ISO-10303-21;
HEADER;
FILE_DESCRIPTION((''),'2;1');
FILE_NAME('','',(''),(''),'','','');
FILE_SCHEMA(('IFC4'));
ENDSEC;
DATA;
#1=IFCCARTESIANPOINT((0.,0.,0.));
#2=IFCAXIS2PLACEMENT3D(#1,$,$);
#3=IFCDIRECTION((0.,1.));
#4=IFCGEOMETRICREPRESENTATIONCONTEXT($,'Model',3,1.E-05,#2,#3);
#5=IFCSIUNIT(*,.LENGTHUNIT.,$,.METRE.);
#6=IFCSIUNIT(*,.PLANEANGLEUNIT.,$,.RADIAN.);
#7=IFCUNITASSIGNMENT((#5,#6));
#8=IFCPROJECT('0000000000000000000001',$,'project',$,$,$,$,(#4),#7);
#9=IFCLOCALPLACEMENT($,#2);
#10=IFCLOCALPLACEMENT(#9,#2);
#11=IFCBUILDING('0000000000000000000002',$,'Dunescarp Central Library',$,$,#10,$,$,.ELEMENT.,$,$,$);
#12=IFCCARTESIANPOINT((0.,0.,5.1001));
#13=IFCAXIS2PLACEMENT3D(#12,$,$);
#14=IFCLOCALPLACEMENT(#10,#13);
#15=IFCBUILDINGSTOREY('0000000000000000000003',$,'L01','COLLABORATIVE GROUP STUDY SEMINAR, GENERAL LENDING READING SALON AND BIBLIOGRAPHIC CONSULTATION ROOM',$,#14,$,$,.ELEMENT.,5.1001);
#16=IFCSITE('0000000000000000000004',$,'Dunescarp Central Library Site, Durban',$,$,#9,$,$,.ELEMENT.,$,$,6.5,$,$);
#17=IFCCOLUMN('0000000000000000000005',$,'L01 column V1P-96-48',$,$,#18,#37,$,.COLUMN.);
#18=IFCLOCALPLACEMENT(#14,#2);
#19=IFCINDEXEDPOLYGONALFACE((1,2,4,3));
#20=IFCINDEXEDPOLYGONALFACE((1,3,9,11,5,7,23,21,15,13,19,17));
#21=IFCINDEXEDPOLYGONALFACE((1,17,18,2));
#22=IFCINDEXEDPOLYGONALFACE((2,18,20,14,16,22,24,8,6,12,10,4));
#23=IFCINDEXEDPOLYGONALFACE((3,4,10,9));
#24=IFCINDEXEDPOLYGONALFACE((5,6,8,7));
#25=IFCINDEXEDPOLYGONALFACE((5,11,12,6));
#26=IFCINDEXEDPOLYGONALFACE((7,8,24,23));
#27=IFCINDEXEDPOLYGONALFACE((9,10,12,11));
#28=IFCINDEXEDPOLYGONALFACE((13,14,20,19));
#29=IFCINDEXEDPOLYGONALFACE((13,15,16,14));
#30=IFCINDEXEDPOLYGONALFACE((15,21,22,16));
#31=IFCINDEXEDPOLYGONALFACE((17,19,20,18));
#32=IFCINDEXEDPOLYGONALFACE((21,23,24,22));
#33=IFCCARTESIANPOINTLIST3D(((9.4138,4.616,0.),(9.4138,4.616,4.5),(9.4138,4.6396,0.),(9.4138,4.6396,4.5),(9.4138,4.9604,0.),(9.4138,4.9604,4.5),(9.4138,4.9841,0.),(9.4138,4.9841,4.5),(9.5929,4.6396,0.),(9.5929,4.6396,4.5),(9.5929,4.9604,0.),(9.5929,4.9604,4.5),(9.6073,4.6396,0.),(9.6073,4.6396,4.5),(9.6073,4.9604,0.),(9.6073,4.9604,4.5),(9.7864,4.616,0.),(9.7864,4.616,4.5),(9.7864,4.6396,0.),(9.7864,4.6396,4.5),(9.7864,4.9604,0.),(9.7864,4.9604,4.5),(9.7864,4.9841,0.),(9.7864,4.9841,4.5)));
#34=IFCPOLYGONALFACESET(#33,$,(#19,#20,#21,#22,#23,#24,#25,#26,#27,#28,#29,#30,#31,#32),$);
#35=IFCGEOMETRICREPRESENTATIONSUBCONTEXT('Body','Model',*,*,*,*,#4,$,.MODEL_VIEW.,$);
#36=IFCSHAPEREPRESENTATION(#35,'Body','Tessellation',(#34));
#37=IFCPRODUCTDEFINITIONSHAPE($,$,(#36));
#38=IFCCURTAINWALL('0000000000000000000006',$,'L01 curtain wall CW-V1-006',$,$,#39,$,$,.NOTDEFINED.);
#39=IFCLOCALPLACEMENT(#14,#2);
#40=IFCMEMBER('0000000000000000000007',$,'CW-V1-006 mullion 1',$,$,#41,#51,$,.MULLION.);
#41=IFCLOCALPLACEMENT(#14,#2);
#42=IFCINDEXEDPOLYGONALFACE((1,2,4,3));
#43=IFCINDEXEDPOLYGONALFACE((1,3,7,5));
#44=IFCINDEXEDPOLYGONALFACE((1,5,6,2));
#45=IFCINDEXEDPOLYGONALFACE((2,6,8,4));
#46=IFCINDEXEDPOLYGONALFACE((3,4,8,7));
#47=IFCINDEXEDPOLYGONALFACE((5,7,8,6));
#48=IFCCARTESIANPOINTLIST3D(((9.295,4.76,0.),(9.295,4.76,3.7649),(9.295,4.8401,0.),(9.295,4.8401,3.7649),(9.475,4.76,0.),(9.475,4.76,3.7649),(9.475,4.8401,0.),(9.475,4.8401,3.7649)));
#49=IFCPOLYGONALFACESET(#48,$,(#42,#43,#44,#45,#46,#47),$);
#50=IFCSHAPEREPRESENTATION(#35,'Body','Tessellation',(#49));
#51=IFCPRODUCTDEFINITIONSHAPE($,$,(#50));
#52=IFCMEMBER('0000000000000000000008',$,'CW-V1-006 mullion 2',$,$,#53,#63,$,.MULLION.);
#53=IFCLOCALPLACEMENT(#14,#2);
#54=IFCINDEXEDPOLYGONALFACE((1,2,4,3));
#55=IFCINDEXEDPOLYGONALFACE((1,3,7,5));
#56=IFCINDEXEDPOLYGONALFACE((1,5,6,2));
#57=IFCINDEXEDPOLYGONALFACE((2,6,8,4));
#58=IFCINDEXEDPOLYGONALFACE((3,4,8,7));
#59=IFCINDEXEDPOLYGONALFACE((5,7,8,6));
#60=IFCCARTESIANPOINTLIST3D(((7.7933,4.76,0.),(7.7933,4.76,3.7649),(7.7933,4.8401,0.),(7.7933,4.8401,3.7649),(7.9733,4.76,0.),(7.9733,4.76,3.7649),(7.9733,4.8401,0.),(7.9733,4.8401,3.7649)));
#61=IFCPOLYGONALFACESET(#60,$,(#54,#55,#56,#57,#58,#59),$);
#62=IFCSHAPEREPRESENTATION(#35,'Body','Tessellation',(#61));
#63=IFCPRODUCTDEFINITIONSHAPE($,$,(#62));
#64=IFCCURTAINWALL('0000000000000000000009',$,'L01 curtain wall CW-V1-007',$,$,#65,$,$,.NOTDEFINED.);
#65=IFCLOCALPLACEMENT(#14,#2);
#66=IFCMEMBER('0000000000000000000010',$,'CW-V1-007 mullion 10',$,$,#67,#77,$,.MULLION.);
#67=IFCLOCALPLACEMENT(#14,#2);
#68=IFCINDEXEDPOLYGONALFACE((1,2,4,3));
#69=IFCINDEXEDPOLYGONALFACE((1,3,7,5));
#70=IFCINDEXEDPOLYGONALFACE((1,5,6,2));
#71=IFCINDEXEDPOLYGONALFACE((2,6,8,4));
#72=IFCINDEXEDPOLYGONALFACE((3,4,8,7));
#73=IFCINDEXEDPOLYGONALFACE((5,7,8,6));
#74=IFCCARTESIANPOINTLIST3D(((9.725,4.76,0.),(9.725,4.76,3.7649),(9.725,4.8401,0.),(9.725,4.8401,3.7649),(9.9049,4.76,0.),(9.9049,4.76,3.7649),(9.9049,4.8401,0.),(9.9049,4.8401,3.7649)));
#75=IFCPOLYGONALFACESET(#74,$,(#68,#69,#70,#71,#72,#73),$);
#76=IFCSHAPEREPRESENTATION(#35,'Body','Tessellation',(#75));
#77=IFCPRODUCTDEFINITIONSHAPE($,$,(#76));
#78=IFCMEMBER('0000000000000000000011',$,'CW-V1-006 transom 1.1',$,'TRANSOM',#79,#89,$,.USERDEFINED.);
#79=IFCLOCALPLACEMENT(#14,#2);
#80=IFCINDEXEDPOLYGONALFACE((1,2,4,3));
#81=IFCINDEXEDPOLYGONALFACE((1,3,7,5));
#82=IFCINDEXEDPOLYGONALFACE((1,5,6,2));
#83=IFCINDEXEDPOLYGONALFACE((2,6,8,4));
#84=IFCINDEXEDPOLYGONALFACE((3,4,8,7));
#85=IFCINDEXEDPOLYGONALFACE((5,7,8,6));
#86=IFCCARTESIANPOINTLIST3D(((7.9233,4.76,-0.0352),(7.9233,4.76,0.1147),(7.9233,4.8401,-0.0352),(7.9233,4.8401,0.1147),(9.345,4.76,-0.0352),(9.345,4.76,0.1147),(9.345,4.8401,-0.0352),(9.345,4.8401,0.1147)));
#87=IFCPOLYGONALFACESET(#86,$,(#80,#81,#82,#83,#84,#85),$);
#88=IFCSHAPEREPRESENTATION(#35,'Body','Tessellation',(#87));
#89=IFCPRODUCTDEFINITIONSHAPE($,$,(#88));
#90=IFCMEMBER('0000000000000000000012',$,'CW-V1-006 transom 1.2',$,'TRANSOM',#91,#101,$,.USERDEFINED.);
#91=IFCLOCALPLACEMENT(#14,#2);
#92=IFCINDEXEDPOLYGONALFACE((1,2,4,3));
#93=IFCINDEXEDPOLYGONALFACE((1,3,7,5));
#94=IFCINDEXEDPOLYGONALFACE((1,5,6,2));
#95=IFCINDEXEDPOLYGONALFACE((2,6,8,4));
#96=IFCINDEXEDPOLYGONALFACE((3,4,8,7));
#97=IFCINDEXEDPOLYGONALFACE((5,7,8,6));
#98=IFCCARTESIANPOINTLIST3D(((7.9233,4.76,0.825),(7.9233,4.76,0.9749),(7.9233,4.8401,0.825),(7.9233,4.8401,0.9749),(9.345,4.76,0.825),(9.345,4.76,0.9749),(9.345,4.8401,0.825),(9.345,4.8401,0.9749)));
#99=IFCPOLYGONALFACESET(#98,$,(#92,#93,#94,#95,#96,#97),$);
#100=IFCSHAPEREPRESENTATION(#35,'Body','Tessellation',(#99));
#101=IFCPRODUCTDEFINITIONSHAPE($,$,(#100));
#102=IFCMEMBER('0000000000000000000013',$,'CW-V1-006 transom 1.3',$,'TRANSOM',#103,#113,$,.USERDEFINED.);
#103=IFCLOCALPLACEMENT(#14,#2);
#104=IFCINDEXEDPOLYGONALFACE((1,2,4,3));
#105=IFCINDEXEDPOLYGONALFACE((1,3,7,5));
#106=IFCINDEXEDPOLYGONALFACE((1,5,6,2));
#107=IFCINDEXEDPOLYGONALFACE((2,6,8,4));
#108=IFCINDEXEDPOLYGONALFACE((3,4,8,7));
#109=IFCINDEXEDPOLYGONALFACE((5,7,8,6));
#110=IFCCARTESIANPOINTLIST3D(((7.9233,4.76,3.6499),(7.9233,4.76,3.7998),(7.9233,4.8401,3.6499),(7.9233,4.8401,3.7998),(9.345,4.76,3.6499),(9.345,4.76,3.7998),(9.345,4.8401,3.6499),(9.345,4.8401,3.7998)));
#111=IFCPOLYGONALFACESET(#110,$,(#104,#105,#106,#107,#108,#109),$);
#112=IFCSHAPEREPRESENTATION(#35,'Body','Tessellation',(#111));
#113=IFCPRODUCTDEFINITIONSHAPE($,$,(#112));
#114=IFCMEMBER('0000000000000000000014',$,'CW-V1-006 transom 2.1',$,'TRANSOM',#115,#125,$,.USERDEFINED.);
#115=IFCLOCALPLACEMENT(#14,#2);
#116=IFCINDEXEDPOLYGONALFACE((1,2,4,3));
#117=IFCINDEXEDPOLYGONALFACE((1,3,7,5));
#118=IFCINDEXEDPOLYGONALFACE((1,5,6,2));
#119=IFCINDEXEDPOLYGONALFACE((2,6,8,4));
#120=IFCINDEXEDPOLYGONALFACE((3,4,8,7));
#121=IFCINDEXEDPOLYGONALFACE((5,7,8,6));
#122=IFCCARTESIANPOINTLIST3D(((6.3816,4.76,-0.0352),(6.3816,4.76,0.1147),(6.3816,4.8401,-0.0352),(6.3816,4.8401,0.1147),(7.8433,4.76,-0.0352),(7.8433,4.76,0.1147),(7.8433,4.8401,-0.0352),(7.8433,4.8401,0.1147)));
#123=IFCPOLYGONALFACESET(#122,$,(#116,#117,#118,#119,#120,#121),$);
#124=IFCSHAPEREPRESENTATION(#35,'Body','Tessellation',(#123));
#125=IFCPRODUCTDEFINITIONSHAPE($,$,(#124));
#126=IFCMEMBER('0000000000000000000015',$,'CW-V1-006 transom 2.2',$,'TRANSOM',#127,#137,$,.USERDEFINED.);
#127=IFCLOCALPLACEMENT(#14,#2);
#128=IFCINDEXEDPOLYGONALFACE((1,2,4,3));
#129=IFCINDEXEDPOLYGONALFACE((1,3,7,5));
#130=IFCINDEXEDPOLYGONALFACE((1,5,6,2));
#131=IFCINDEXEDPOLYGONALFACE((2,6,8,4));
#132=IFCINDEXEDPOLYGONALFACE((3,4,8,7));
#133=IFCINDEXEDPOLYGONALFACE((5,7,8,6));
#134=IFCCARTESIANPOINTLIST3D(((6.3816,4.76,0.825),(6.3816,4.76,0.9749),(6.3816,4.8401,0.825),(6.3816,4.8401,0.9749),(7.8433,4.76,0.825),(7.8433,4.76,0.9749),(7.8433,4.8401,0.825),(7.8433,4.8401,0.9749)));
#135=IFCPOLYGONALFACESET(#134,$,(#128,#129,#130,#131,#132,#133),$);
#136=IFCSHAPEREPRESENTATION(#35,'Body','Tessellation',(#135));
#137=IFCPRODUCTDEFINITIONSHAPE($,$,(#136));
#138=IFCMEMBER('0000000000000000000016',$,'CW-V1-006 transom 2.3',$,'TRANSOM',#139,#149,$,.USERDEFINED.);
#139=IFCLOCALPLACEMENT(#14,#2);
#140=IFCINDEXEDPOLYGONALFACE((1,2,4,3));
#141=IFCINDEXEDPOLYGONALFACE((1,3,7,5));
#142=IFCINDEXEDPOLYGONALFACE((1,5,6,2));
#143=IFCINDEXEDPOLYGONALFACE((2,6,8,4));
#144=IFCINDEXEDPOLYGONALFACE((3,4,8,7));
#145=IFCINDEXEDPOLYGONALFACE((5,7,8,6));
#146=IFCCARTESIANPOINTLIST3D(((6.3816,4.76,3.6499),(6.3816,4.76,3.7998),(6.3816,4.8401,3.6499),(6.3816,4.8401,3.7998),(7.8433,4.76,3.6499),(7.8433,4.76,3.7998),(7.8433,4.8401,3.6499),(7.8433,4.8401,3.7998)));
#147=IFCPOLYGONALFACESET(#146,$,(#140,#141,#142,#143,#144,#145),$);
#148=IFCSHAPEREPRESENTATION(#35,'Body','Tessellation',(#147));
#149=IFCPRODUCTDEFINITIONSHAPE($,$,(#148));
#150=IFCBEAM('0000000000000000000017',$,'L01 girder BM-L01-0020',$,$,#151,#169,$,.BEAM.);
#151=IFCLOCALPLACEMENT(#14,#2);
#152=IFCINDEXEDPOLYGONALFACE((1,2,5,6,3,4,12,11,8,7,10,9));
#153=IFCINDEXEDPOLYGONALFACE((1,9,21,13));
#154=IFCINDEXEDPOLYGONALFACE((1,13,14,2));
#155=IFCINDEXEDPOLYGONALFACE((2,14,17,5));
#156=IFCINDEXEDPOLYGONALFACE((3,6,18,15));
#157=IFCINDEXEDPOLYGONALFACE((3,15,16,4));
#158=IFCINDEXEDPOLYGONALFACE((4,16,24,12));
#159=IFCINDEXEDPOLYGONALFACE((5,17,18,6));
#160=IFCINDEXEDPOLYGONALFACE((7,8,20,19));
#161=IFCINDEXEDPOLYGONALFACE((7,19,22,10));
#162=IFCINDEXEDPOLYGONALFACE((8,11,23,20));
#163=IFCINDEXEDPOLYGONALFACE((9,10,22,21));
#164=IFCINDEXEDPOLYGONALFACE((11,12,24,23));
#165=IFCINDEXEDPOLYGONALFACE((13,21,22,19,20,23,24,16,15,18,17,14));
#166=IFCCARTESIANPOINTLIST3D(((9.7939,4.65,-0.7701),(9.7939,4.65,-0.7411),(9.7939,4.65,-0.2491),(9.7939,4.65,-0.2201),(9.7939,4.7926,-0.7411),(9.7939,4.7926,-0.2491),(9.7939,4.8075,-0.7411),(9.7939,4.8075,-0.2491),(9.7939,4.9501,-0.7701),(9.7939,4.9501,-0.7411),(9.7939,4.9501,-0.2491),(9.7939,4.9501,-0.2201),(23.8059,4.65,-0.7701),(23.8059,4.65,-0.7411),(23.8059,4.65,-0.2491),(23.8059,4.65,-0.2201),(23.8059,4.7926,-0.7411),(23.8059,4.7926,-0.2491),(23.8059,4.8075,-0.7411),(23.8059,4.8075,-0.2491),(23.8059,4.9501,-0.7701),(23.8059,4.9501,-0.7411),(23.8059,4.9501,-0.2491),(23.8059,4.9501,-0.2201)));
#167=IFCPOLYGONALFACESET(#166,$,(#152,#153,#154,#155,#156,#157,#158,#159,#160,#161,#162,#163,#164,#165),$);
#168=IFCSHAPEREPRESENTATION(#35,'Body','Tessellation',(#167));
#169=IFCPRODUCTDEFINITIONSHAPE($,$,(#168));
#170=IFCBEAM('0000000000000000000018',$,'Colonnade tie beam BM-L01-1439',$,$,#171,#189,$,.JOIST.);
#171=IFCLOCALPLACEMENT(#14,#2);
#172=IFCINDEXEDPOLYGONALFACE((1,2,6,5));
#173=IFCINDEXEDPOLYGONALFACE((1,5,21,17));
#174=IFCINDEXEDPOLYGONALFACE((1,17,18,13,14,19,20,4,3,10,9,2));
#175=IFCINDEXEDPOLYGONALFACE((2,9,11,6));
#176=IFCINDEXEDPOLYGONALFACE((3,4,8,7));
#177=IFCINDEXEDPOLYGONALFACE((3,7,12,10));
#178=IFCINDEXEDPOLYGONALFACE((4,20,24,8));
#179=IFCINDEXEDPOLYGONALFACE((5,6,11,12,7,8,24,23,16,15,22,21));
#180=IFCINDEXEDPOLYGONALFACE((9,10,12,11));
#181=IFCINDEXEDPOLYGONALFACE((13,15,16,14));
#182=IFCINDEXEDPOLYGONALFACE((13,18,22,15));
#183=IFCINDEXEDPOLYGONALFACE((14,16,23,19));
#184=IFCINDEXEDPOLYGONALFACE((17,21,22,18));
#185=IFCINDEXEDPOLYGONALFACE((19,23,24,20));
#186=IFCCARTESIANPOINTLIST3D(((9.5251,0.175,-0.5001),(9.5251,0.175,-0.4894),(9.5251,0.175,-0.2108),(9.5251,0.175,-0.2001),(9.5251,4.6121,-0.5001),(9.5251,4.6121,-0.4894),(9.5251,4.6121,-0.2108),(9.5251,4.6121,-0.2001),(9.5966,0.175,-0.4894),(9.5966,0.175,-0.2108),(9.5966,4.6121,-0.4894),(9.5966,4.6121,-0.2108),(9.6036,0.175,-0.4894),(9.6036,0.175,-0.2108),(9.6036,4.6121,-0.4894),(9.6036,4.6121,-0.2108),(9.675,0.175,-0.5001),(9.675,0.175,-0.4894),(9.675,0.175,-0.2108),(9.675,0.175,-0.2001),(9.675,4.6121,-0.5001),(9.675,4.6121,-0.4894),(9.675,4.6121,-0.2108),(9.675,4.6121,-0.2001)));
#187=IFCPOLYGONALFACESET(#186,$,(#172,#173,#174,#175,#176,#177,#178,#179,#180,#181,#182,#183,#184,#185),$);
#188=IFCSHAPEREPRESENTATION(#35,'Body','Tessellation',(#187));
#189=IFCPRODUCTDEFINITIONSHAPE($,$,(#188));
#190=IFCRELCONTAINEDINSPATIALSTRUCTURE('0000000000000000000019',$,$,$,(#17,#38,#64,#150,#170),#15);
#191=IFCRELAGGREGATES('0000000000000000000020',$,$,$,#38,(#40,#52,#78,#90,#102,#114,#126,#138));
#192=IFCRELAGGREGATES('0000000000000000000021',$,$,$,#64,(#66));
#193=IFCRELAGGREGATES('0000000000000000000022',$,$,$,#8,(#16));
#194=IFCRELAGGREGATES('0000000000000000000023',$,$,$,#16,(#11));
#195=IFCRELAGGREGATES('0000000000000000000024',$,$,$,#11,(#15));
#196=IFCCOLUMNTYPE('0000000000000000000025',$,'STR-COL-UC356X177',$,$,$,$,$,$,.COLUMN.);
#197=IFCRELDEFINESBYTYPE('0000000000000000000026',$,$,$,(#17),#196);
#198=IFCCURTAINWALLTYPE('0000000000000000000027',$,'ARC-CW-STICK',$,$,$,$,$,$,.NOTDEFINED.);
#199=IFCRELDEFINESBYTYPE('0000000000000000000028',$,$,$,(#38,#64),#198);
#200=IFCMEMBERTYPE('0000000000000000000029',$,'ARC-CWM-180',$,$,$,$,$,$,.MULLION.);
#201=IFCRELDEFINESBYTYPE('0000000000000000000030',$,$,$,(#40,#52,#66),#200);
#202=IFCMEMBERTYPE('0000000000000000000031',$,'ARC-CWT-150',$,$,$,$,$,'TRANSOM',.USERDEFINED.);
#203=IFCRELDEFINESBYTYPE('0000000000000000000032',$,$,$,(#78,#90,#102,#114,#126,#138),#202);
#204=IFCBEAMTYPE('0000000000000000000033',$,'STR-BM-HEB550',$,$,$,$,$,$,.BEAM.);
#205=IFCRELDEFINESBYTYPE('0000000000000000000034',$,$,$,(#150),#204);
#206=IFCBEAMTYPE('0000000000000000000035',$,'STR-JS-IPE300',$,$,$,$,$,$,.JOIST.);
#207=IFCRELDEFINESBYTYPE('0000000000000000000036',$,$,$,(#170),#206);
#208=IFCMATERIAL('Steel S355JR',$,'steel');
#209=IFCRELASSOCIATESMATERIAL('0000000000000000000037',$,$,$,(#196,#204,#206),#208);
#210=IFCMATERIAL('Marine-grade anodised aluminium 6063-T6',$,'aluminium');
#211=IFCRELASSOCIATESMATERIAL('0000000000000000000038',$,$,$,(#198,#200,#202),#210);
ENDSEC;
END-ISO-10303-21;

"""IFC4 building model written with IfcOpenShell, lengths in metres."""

from ifc_helpers import new_model, si_unit, direction, frame, origin, origin_2d, place, context, subcontext, project, spatial, rectangle, i_section, extrude, material, material_profile, profile_set, type_object, element, aggregate, save


model = new_model("IFC4")

# Units and contexts
model_context = context("Model", 3, precision=1e-05, world=origin(), true_north=direction((0.0, 1.0)))
body_context = subcontext(model_context, "Body", "Model", "MODEL_VIEW")
ifc_project = project(units=[si_unit("LENGTHUNIT", "METRE"), si_unit("PLANEANGLEUNIT", "RADIAN")], contexts=[model_context])

# Site, building, storey
site_placement = place(None, origin())
site = spatial("IfcSite", under=ifc_project, at=site_placement, Name="Dunescarp Central Library Site, Durban", CompositionType="ELEMENT", RefElevation=6.5)
building_placement = place(site_placement, origin())
building = spatial("IfcBuilding", under=site, at=building_placement, Name="Dunescarp Central Library", CompositionType="ELEMENT")
storey_placement = place(building_placement, frame((0.0, 0.0, 5.1001)))
storey = spatial("IfcBuildingStorey", under=building, at=storey_placement, Name="L01", Description="COLLABORATIVE GROUP STUDY SEMINAR, GENERAL LENDING READING SALON AND BIBLIOGRAPHIC CONSULTATION ROOM", CompositionType="ELEMENT", Elevation=5.1001)

# Column
ifc_material_1 = material(Name="Steel S355JR", Category="steel")
ifc_material_profile_1 = material_profile(ifc_material_1, i_section(OverallWidth=0.3726, OverallDepth=0.3682, WebThickness=0.0144, FlangeThickness=0.0237, at=origin_2d()), Name="UC 356x368x177")
ifc_profile_set_1 = profile_set([ifc_material_profile_1], Name="Steel S355JR")
column_type = type_object("IfcColumnType", Name="STR-COL-UC356X177", PredefinedType="COLUMN", material=ifc_profile_set_1)
column_placement = place(storey_placement, frame((9.6001, 4.8, 0.0), z_axis=(0.0, 0.0, 1.0), x_axis=(1.0, 0.0, 0.0)))
element("IfcColumn", 1, at=column_placement, inside=storey, type_object=column_type, Name="L01 column V1P-96-48", PredefinedType="COLUMN", context=body_context, shape_type="SweptSolid", body=[
    extrude(i_section(OverallWidth=0.3726, OverallDepth=0.3682, WebThickness=0.0144, FlangeThickness=0.0237, at=origin_2d()), origin(), (0.0, 0.0, 1.0), 4.5),
])

# Curtain wall, members
ifc_material_2 = material(Name="Marine-grade anodised aluminium 6063-T6", Category="aluminium")
curtain_wall_type = type_object("IfcCurtainWallType", Name="ARC-CW-STICK", PredefinedType="NOTDEFINED", material=ifc_material_2)
curtain_wall_1_placement = place(storey_placement, origin())
curtain_wall_1 = element("IfcCurtainWall", 2, at=curtain_wall_1_placement, inside=storey, type_object=curtain_wall_type, Name="L01 curtain wall CW-V1-006", PredefinedType="NOTDEFINED")
ifc_material_profile_2 = material_profile(ifc_material_2, rectangle(XDim=0.0801, YDim=0.1799, at=origin_2d()), Name="AL 80x180")
ifc_profile_set_2 = profile_set([ifc_material_profile_2], Name="Marine-grade anodised aluminium 6063-T6")
member_type_1 = type_object("IfcMemberType", Name="ARC-CWM-180", PredefinedType="MULLION", material=ifc_profile_set_2)
member_1_placement = place(storey_placement, frame((9.385, 4.8, 0.0), z_axis=(0.0, 0.0, 1.0), x_axis=(0.0, -1.0, 0.0)))
member_1 = element("IfcMember", 3, at=member_1_placement, type_object=member_type_1, Name="CW-V1-006 mullion 1", PredefinedType="MULLION", context=body_context, shape_type="SweptSolid", body=[
    extrude(rectangle(XDim=0.0801, YDim=0.1799, at=origin_2d()), origin(), (0.0, 0.0, 1.0), 3.7649),
])
member_2_placement = place(storey_placement, frame((7.8833, 4.8, 0.0), z_axis=(0.0, 0.0, 1.0), x_axis=(0.0, -1.0, 0.0)))
member_2 = element("IfcMember", 4, at=member_2_placement, type_object=member_type_1, Name="CW-V1-006 mullion 2", PredefinedType="MULLION", context=body_context, shape_type="SweptSolid", body=[
    extrude(rectangle(XDim=0.0801, YDim=0.1799, at=origin_2d()), origin(), (0.0, 0.0, 1.0), 3.7649),
])

# Curtain wall, member
curtain_wall_2_placement = place(storey_placement, origin())
curtain_wall_2 = element("IfcCurtainWall", 5, at=curtain_wall_2_placement, inside=storey, type_object=curtain_wall_type, Name="L01 curtain wall CW-V1-007", PredefinedType="NOTDEFINED")
member_3_placement = place(storey_placement, frame((9.8149, 4.8, 0.0), z_axis=(0.0, 0.0, 1.0), x_axis=(0.0, -1.0, 0.0)))
member_3 = element("IfcMember", 6, at=member_3_placement, type_object=member_type_1, Name="CW-V1-007 mullion 10", PredefinedType="MULLION", context=body_context, shape_type="SweptSolid", body=[
    extrude(rectangle(XDim=0.0801, YDim=0.1799, at=origin_2d()), origin(), (0.0, 0.0, 1.0), 3.7649),
])

# Members
ifc_material_profile_3 = material_profile(ifc_material_2, rectangle(XDim=0.0801, YDim=0.1499, at=origin_2d()), Name="AL 80x150")
ifc_profile_set_3 = profile_set([ifc_material_profile_3], Name="Marine-grade anodised aluminium 6063-T6")
member_type_2 = type_object("IfcMemberType", Name="ARC-CWT-150", ElementType="TRANSOM", PredefinedType="USERDEFINED", material=ifc_profile_set_3)
member_4_placement = place(storey_placement, frame((9.345, 4.8, 0.0398), z_axis=(-1.0, 0.0, 0.0), x_axis=(0.0, -1.0, 0.0)))
member_4 = element("IfcMember", 7, at=member_4_placement, type_object=member_type_2, Name="CW-V1-006 transom 1.1", ObjectType="TRANSOM", PredefinedType="USERDEFINED", context=body_context, shape_type="SweptSolid", body=[
    extrude(rectangle(XDim=0.0801, YDim=0.1499, at=origin_2d()), origin(), (0.0, 0.0, 1.0), 1.4216),
])
member_5_placement = place(storey_placement, frame((9.345, 4.8, 0.8999), z_axis=(-1.0, 0.0, 0.0), x_axis=(0.0, -1.0, 0.0)))
member_5 = element("IfcMember", 8, at=member_5_placement, type_object=member_type_2, Name="CW-V1-006 transom 1.2", ObjectType="TRANSOM", PredefinedType="USERDEFINED", context=body_context, shape_type="SweptSolid", body=[
    extrude(rectangle(XDim=0.0801, YDim=0.1499, at=origin_2d()), origin(), (0.0, 0.0, 1.0), 1.4216),
])
member_6_placement = place(storey_placement, frame((9.345, 4.8, 3.7249), z_axis=(-1.0, 0.0, 0.0), x_axis=(0.0, -1.0, 0.0)))
member_6 = element("IfcMember", 9, at=member_6_placement, type_object=member_type_2, Name="CW-V1-006 transom 1.3", ObjectType="TRANSOM", PredefinedType="USERDEFINED", context=body_context, shape_type="SweptSolid", body=[
    extrude(rectangle(XDim=0.0801, YDim=0.1499, at=origin_2d()), origin(), (0.0, 0.0, 1.0), 1.4216),
])
member_7_placement = place(storey_placement, frame((7.8433, 4.8, 0.0398), z_axis=(-1.0, 0.0, 0.0), x_axis=(0.0, -1.0, 0.0)))
member_7 = element("IfcMember", 10, at=member_7_placement, type_object=member_type_2, Name="CW-V1-006 transom 2.1", ObjectType="TRANSOM", PredefinedType="USERDEFINED", context=body_context, shape_type="SweptSolid", body=[
    extrude(rectangle(XDim=0.0801, YDim=0.1499, at=origin_2d()), origin(), (0.0, 0.0, 1.0), 1.4617),
])
member_8_placement = place(storey_placement, frame((7.8433, 4.8, 0.8999), z_axis=(-1.0, 0.0, 0.0), x_axis=(0.0, -1.0, 0.0)))
member_8 = element("IfcMember", 11, at=member_8_placement, type_object=member_type_2, Name="CW-V1-006 transom 2.2", ObjectType="TRANSOM", PredefinedType="USERDEFINED", context=body_context, shape_type="SweptSolid", body=[
    extrude(rectangle(XDim=0.0801, YDim=0.1499, at=origin_2d()), origin(), (0.0, 0.0, 1.0), 1.4617),
])
member_9_placement = place(storey_placement, frame((7.8433, 4.8, 3.7249), z_axis=(-1.0, 0.0, 0.0), x_axis=(0.0, -1.0, 0.0)))
member_9 = element("IfcMember", 12, at=member_9_placement, type_object=member_type_2, Name="CW-V1-006 transom 2.3", ObjectType="TRANSOM", PredefinedType="USERDEFINED", context=body_context, shape_type="SweptSolid", body=[
    extrude(rectangle(XDim=0.0801, YDim=0.1499, at=origin_2d()), origin(), (0.0, 0.0, 1.0), 1.4617),
])

# Beams
ifc_material_profile_4 = material_profile(ifc_material_1, i_section(OverallWidth=0.3, OverallDepth=0.55, WebThickness=0.0149, FlangeThickness=0.0291, at=origin_2d()), Name="HEB 550")
ifc_profile_set_4 = profile_set([ifc_material_profile_4], Name="Steel S355JR")
beam_type_1 = type_object("IfcBeamType", Name="STR-BM-HEB550", PredefinedType="BEAM", material=ifc_profile_set_4)
beam_1_placement = place(storey_placement, frame((9.7939, 4.8, -0.4951), z_axis=(1.0, 0.0, 0.0), x_axis=(0.0, 1.0, 0.0)))
element("IfcBeam", 13, at=beam_1_placement, inside=storey, type_object=beam_type_1, Name="L01 girder BM-L01-0020", PredefinedType="BEAM", context=body_context, shape_type="SweptSolid", body=[
    extrude(i_section(OverallWidth=0.3, OverallDepth=0.55, WebThickness=0.0149, FlangeThickness=0.0291, at=origin_2d()), origin(), (0.0, 0.0, 1.0), 14.012),
])
ifc_material_profile_5 = material_profile(ifc_material_1, i_section(OverallWidth=0.1499, OverallDepth=0.3, WebThickness=0.0071, FlangeThickness=0.0107, at=origin_2d()), Name="IPE 300")
ifc_profile_set_5 = profile_set([ifc_material_profile_5], Name="Steel S355JR")
beam_type_2 = type_object("IfcBeamType", Name="STR-JS-IPE300", PredefinedType="JOIST", material=ifc_profile_set_5)
beam_2_placement = place(storey_placement, frame((9.6001, 0.175, -0.3501), z_axis=(0.0, 1.0, 0.0), x_axis=(-1.0, 0.0, 0.0)))
element("IfcBeam", 14, at=beam_2_placement, inside=storey, type_object=beam_type_2, Name="Colonnade tie beam BM-L01-1439", PredefinedType="JOIST", context=body_context, shape_type="SweptSolid", body=[
    extrude(i_section(OverallWidth=0.1499, OverallDepth=0.3, WebThickness=0.0071, FlangeThickness=0.0107, at=origin_2d()), origin(), (0.0, 0.0, 1.0), 4.437),
])

aggregate(curtain_wall_1, [member_1, member_2, member_4, member_5, member_6, member_7, member_8, member_9])
aggregate(curtain_wall_2, [member_3])

save(model, "model.ifc")
